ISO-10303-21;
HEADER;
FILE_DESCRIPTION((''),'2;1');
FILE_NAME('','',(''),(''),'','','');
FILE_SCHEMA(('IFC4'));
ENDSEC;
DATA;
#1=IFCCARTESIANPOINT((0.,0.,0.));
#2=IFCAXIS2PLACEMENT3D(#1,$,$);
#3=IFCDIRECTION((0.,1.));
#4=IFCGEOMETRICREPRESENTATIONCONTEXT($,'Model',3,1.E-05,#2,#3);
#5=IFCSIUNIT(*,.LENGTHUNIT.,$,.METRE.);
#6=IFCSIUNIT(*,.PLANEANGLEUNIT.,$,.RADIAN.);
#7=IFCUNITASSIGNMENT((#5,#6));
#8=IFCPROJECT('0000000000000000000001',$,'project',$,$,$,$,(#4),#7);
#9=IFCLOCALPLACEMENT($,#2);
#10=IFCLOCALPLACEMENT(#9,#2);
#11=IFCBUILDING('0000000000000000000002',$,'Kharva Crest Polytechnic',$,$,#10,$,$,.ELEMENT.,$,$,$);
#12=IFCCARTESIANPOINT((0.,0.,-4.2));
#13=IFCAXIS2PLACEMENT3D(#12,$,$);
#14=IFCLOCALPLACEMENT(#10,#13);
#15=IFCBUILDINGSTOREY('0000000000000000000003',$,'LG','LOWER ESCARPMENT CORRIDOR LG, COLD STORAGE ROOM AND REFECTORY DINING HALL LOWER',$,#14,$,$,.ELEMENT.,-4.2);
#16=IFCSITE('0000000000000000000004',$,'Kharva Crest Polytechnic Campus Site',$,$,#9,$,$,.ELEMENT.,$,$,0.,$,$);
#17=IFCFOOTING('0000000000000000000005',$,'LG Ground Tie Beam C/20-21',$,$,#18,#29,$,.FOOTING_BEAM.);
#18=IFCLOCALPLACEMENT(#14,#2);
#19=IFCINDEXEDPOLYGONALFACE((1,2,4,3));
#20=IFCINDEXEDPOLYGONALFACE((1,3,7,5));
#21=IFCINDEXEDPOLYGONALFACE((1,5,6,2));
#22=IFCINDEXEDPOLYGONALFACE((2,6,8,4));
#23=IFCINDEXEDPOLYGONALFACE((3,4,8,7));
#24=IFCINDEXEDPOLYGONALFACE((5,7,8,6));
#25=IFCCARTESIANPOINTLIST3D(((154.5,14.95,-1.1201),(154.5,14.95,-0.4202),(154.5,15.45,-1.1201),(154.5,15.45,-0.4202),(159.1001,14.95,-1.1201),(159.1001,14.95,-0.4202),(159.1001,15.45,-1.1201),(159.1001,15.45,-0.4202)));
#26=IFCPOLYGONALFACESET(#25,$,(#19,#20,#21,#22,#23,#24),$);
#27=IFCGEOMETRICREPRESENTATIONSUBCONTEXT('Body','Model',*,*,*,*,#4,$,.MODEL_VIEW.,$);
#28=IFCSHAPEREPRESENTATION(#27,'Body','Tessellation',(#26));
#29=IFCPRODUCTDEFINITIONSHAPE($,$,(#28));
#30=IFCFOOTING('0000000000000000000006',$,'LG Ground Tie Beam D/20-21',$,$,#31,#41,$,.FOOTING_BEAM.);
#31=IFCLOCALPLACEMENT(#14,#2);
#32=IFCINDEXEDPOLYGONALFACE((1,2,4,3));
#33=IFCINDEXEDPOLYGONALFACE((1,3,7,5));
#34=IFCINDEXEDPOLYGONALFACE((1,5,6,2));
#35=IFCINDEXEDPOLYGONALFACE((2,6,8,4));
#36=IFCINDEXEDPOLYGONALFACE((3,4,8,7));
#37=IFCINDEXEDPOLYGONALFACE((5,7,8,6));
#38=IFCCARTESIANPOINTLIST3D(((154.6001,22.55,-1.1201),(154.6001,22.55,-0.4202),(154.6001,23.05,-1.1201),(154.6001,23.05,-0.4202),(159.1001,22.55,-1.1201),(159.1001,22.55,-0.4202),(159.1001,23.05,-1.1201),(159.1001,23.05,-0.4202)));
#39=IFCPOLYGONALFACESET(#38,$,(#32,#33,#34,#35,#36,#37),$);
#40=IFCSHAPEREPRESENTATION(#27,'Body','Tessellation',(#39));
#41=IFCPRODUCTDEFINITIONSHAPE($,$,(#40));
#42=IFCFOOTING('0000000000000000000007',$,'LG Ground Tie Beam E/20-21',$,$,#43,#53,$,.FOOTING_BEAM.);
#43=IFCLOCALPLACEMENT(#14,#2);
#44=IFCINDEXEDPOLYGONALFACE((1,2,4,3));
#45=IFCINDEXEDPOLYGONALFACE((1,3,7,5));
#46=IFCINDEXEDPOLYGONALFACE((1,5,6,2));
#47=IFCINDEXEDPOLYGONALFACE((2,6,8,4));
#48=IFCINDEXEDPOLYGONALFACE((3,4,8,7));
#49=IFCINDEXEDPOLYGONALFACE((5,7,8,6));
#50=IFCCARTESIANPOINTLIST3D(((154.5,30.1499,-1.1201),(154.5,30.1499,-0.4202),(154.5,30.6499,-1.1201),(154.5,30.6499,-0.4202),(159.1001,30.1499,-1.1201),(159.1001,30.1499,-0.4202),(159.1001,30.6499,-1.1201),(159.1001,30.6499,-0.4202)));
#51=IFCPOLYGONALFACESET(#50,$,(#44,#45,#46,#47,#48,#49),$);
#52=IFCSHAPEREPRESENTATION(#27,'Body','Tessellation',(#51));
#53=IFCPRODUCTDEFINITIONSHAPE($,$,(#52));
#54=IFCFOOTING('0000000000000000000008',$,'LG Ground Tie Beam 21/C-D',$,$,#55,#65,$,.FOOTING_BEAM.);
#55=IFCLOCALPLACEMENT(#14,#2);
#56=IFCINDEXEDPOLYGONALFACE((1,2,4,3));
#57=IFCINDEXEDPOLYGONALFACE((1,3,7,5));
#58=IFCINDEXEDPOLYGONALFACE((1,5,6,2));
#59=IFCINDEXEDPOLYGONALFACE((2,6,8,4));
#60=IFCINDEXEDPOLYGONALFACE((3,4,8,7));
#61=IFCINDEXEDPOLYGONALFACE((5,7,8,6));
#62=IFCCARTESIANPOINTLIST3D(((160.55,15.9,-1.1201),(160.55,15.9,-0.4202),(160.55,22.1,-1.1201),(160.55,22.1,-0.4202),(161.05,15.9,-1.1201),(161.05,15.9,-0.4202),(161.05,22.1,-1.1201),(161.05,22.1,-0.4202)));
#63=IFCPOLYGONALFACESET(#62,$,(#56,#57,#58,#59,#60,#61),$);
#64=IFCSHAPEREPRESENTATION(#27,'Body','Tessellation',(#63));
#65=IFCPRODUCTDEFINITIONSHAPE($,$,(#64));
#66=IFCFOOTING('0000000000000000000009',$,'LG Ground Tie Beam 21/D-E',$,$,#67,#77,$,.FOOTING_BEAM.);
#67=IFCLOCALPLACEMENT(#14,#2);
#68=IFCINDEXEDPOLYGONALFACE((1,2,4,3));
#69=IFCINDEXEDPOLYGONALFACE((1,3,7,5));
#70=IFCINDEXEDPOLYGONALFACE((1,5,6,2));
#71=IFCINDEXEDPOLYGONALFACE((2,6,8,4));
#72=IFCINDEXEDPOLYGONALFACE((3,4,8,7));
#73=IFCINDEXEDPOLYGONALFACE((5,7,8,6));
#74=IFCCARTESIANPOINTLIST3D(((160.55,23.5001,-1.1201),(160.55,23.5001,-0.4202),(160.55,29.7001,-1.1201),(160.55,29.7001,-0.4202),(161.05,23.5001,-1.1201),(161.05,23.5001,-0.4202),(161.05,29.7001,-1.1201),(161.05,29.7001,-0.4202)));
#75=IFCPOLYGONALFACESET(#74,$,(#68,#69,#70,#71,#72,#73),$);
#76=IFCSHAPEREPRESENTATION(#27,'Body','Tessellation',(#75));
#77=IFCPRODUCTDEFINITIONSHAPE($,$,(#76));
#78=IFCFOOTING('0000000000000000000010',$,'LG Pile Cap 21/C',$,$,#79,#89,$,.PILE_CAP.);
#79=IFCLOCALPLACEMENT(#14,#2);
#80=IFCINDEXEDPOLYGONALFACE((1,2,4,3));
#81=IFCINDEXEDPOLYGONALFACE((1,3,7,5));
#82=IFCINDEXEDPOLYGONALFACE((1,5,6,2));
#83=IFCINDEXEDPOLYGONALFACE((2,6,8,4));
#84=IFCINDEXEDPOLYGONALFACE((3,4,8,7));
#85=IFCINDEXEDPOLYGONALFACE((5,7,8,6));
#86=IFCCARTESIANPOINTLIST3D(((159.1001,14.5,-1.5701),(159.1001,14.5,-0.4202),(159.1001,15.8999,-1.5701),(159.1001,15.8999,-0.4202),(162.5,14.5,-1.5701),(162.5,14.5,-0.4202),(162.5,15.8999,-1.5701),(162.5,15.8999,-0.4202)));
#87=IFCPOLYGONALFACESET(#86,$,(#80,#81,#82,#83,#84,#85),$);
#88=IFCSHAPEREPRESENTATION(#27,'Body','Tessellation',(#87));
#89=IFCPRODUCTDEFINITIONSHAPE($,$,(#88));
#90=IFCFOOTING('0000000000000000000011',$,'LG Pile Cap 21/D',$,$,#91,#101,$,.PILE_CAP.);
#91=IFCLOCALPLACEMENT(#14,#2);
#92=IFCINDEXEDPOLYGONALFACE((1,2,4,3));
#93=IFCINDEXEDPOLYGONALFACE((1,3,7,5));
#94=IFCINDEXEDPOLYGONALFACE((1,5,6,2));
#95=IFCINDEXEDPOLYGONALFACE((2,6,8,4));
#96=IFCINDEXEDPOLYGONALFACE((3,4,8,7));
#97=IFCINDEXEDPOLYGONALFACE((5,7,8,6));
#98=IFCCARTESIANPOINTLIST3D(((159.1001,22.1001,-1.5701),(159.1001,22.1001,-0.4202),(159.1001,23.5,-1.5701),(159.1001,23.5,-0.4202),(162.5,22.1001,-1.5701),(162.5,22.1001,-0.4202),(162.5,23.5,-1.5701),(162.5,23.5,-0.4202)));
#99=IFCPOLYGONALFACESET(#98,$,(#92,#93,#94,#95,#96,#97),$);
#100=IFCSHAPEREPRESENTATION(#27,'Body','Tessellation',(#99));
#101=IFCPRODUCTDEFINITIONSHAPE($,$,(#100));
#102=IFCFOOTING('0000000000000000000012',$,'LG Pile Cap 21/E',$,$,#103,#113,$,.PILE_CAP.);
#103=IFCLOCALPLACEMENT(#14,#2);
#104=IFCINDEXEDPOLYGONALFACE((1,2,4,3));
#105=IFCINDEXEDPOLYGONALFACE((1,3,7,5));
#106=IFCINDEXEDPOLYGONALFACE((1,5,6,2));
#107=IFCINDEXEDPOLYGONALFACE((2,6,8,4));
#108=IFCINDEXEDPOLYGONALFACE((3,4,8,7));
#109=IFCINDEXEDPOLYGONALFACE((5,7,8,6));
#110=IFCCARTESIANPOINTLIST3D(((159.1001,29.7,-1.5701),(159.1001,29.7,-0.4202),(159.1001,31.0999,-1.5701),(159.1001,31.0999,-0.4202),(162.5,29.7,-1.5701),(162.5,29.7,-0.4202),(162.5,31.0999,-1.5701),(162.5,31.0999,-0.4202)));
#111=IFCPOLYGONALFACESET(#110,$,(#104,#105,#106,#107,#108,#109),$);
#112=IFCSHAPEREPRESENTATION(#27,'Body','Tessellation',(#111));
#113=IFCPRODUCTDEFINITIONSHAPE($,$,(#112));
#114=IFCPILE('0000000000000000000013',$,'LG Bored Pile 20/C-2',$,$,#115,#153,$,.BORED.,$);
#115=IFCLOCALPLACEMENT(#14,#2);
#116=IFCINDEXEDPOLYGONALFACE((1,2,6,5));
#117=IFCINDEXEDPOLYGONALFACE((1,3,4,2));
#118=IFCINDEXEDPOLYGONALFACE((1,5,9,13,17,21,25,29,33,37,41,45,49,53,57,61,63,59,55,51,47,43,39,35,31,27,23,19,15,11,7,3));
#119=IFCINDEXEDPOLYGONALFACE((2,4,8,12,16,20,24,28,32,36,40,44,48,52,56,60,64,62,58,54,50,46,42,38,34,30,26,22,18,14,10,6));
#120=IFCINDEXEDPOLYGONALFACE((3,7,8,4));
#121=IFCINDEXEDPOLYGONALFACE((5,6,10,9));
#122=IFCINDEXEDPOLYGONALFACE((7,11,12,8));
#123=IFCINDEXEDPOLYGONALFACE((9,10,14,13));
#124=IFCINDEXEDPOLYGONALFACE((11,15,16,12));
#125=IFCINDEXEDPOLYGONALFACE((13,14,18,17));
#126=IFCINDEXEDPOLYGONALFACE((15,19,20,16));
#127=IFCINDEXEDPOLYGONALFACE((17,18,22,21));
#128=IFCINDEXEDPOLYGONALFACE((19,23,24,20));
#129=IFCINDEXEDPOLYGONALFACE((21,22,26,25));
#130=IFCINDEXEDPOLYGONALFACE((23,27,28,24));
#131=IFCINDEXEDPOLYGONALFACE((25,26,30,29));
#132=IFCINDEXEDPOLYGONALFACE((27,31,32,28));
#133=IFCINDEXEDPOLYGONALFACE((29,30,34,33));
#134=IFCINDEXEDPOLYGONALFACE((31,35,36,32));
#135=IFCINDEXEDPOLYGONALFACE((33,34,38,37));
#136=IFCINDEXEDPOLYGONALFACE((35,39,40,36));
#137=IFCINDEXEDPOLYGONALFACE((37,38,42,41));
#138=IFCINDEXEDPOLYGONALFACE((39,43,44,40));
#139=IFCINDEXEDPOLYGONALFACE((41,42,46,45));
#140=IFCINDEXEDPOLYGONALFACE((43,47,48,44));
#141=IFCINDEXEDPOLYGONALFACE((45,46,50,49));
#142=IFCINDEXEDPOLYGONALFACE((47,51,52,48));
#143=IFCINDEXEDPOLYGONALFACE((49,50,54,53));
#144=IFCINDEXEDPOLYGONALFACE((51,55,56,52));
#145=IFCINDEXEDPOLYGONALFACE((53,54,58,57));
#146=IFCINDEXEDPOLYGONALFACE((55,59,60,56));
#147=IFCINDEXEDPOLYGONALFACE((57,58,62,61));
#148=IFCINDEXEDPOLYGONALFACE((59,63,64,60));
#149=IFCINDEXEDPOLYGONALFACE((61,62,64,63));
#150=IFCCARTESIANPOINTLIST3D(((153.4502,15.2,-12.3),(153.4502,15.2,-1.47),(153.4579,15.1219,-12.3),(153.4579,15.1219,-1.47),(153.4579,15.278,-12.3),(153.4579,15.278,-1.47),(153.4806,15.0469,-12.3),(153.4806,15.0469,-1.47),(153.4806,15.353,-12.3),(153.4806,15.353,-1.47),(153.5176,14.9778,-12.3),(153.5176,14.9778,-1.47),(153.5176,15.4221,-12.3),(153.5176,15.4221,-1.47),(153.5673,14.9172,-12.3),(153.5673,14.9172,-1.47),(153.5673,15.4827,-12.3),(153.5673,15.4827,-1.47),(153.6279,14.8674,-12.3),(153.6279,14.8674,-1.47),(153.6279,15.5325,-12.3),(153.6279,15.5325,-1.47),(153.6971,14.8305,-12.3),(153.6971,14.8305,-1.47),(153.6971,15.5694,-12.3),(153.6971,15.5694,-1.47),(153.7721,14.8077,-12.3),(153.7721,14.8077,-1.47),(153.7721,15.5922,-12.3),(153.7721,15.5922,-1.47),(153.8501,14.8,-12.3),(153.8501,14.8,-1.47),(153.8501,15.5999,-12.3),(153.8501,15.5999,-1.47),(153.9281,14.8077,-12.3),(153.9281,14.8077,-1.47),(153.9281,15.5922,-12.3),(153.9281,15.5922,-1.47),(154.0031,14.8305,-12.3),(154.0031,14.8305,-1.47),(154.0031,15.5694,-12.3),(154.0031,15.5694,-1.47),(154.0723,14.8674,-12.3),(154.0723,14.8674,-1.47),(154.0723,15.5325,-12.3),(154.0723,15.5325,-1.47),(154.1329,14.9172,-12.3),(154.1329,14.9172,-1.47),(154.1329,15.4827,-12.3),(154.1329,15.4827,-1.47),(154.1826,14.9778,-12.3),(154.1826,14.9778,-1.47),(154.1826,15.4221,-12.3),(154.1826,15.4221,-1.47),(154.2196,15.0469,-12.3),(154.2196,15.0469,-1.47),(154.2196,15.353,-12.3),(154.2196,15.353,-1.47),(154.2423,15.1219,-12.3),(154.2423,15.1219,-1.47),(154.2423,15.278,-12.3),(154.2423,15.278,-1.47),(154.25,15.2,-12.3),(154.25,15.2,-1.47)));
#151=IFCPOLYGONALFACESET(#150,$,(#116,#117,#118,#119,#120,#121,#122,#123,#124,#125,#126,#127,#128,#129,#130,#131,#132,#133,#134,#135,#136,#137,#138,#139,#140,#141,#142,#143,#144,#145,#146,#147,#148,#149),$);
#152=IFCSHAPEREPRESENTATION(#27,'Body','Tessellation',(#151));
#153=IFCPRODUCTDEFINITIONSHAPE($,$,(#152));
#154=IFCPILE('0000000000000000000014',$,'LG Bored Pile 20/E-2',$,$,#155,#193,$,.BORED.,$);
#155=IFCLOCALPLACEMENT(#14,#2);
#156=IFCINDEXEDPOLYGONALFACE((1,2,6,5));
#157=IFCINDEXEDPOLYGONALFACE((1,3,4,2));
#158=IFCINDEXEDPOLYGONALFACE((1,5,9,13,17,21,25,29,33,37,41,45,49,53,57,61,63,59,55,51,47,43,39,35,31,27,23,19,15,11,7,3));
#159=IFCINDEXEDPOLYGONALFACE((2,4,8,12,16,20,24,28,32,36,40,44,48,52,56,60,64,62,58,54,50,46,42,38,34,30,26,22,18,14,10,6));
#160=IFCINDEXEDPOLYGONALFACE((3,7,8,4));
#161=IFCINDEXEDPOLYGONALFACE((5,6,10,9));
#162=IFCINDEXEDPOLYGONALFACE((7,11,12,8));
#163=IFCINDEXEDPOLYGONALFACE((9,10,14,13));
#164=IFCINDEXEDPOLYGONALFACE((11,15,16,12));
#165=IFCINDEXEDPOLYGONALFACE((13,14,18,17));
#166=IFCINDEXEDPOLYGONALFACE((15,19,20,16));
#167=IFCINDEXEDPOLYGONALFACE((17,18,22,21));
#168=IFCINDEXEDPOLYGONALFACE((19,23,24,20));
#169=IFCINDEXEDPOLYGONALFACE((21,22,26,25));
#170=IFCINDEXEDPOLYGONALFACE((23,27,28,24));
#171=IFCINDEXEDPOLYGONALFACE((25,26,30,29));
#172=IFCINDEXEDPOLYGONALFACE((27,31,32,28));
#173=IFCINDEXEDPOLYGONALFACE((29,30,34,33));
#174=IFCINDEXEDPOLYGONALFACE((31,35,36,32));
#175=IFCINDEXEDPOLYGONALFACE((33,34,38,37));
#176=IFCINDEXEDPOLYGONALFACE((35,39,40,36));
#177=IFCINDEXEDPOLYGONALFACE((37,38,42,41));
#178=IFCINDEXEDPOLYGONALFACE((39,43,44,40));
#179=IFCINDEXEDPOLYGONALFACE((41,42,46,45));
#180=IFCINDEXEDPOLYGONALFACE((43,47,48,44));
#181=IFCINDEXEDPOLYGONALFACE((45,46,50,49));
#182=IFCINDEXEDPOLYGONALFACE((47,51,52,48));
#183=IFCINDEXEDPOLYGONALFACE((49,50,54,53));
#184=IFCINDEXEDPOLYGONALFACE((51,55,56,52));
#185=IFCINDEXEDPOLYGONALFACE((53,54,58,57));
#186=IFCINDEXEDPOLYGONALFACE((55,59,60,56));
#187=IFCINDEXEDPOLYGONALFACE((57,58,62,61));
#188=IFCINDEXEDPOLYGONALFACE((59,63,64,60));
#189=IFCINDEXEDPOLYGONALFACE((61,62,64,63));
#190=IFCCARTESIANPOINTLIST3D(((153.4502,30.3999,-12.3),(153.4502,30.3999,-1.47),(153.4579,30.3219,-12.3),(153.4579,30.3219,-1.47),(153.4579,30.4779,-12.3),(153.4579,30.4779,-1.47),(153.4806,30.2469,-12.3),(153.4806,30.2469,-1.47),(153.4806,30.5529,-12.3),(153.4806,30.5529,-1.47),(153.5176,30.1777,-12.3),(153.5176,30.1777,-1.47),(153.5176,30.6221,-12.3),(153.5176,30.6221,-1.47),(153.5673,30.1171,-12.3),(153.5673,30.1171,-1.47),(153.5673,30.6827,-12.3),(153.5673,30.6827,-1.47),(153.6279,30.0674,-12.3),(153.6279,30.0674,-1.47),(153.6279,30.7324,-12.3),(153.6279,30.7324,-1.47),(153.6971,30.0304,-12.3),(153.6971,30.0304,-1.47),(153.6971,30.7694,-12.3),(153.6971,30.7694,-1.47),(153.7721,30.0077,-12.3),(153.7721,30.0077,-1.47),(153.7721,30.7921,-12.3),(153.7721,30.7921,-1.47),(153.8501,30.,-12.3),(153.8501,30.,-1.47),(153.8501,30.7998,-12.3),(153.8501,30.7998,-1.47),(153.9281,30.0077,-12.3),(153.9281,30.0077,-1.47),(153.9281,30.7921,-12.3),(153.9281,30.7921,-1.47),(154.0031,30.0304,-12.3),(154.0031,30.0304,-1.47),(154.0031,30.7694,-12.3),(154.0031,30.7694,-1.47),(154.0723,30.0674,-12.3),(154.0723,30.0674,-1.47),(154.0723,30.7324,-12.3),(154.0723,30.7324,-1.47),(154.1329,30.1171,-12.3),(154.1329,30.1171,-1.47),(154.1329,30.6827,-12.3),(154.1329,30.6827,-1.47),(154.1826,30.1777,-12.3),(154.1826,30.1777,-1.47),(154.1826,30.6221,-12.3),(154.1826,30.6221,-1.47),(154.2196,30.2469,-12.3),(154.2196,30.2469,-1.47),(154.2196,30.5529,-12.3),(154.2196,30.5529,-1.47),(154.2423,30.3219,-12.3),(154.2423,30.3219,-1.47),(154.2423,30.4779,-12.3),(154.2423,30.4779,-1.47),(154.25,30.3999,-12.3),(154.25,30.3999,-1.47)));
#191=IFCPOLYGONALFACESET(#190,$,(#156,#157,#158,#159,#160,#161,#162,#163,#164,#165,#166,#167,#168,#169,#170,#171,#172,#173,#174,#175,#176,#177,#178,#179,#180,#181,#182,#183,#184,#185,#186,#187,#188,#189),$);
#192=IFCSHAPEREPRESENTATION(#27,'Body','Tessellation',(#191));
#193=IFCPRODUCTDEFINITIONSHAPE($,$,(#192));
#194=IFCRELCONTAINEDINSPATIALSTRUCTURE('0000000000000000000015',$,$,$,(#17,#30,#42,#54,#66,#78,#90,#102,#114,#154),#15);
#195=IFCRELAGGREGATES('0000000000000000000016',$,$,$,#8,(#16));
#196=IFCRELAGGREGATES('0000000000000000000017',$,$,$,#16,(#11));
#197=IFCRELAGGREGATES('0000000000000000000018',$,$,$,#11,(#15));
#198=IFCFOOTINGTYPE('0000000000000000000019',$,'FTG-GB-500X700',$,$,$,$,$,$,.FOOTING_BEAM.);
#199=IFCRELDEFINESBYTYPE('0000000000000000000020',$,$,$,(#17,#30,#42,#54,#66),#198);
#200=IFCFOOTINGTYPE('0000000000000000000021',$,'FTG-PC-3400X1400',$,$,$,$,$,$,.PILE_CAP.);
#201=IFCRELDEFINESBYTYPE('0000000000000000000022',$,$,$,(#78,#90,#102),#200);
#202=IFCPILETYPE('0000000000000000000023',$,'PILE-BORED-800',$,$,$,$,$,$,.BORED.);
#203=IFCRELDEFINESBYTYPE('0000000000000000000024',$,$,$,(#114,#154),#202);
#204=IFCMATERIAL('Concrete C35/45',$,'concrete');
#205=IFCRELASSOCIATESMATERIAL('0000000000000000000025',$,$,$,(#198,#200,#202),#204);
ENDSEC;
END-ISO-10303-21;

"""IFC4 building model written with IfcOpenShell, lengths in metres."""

from ifc_helpers import new_model, si_unit, direction, frame, origin, origin_2d, place, context, subcontext, project, spatial, rectangle, circle, extrude, material, material_profile, profile_set, type_object, element, save


model = new_model("IFC4")

# Units and contexts
model_context = context("Model", 3, precision=1e-05, world=origin(), true_north=direction((0.0, 1.0)))
body_context = subcontext(model_context, "Body", "Model", "MODEL_VIEW")
ifc_project = project(units=[si_unit("LENGTHUNIT", "METRE"), si_unit("PLANEANGLEUNIT", "RADIAN")], contexts=[model_context])

# Site, building, storey
site_placement = place(None, origin())
site = spatial("IfcSite", under=ifc_project, at=site_placement, Name="Kharva Crest Polytechnic Campus Site", CompositionType="ELEMENT", RefElevation=0.0)
building_placement = place(site_placement, origin())
building = spatial("IfcBuilding", under=site, at=building_placement, Name="Kharva Crest Polytechnic", CompositionType="ELEMENT")
storey_placement = place(building_placement, frame((0.0, 0.0, -4.2)))
storey = spatial("IfcBuildingStorey", under=building, at=storey_placement, Name="LG", Description="LOWER ESCARPMENT CORRIDOR LG, COLD STORAGE ROOM AND REFECTORY DINING HALL LOWER", CompositionType="ELEMENT", Elevation=-4.2)

# Footings
ifc_material_1 = material(Name="Concrete C35/45", Category="concrete")
footing_type_1 = type_object("IfcFootingType", Name="FTG-GB-500X700", PredefinedType="FOOTING_BEAM", material=ifc_material_1)
footing_1_placement = place(storey_placement, frame((156.8, 15.2, -1.1201), z_axis=(0.0, 0.0, 1.0), x_axis=(1.0, 0.0, 0.0)))
element("IfcFooting", 1, at=footing_1_placement, inside=storey, type_object=footing_type_1, Name="LG Ground Tie Beam C/20-21", PredefinedType="FOOTING_BEAM", context=body_context, shape_type="SweptSolid", body=[
    extrude(rectangle(XDim=4.6001, YDim=0.5, at=origin_2d()), origin(), (0.0, 0.0, 1.0), 0.7),
])
footing_2_placement = place(storey_placement, frame((156.8501, 22.8, -1.1201), z_axis=(0.0, 0.0, 1.0), x_axis=(1.0, 0.0, 0.0)))
element("IfcFooting", 2, at=footing_2_placement, inside=storey, type_object=footing_type_1, Name="LG Ground Tie Beam D/20-21", PredefinedType="FOOTING_BEAM", context=body_context, shape_type="SweptSolid", body=[
    extrude(rectangle(XDim=4.5, YDim=0.5, at=origin_2d()), origin(), (0.0, 0.0, 1.0), 0.7),
])
footing_3_placement = place(storey_placement, frame((156.8, 30.3999, -1.1201), z_axis=(0.0, 0.0, 1.0), x_axis=(1.0, 0.0, 0.0)))
element("IfcFooting", 3, at=footing_3_placement, inside=storey, type_object=footing_type_1, Name="LG Ground Tie Beam E/20-21", PredefinedType="FOOTING_BEAM", context=body_context, shape_type="SweptSolid", body=[
    extrude(rectangle(XDim=4.6001, YDim=0.5, at=origin_2d()), origin(), (0.0, 0.0, 1.0), 0.7),
])
for number, where, z_axis, x_axis, name in (
    (4, (160.8, 19.0, -1.1201), (0.0, 0.0, 1.0), (0.0, 1.0, 0.0), "LG Ground Tie Beam 21/C-D"),
    (5, (160.8, 26.6001, -1.1201), (0.0, 0.0, 1.0), (0.0, 1.0, 0.0), "LG Ground Tie Beam 21/D-E"),
):
    element("IfcFooting", number, at=place(storey_placement, frame(where, z_axis=z_axis, x_axis=x_axis)), inside=storey, type_object=footing_type_1, Name=name, PredefinedType="FOOTING_BEAM", context=body_context, shape_type="SweptSolid", body=[
        extrude(rectangle(XDim=6.2, YDim=0.5, at=origin_2d()), origin(), (0.0, 0.0, 1.0), 0.7),
    ])
footing_type_2 = type_object("IfcFootingType", Name="FTG-PC-3400X1400", PredefinedType="PILE_CAP", material=ifc_material_1)
for number, where, z_axis, x_axis, name in (
    (6, (160.8, 15.2, -1.5701), (0.0, 0.0, 1.0), (1.0, 0.0, 0.0), "LG Pile Cap 21/C"),
    (7, (160.8, 22.8, -1.5701), (0.0, 0.0, 1.0), (1.0, 0.0, 0.0), "LG Pile Cap 21/D"),
    (8, (160.8, 30.3999, -1.5701), (0.0, 0.0, 1.0), (1.0, 0.0, 0.0), "LG Pile Cap 21/E"),
):
    element("IfcFooting", number, at=place(storey_placement, frame(where, z_axis=z_axis, x_axis=x_axis)), inside=storey, type_object=footing_type_2, Name=name, PredefinedType="PILE_CAP", context=body_context, shape_type="SweptSolid", body=[
        extrude(rectangle(XDim=3.3999, YDim=1.3999, at=origin_2d()), origin(), (0.0, 0.0, 1.0), 1.1499),
    ])

# Piles
ifc_material_profile_1 = material_profile(ifc_material_1, circle(Radius=0.3999, at=origin_2d()), Name="DIA 800")
ifc_profile_set_1 = profile_set([ifc_material_profile_1], Name="Concrete C35/45")
pile_type_1 = type_object("IfcPileType", Name="PILE-BORED-800", PredefinedType="BORED", material=ifc_profile_set_1)
for number, where, z_axis, x_axis, name in (
    (9, (153.8501, 15.2, -1.47), (0.0, 0.0, -1.0), (1.0, 0.0, 0.0), "LG Bored Pile 20/C-2"),
    (10, (153.8501, 30.3999, -1.47), (0.0, 0.0, -1.0), (1.0, 0.0, 0.0), "LG Bored Pile 20/E-2"),
):
    element("IfcPile", number, at=place(storey_placement, frame(where, z_axis=z_axis, x_axis=x_axis)), inside=storey, type_object=pile_type_1, Name=name, PredefinedType="BORED", context=body_context, shape_type="SweptSolid", body=[
        extrude(circle(Radius=0.3999, at=origin_2d()), origin(), (0.0, 0.0, 1.0), 10.8301),
    ])

save(model, "model.ifc")
